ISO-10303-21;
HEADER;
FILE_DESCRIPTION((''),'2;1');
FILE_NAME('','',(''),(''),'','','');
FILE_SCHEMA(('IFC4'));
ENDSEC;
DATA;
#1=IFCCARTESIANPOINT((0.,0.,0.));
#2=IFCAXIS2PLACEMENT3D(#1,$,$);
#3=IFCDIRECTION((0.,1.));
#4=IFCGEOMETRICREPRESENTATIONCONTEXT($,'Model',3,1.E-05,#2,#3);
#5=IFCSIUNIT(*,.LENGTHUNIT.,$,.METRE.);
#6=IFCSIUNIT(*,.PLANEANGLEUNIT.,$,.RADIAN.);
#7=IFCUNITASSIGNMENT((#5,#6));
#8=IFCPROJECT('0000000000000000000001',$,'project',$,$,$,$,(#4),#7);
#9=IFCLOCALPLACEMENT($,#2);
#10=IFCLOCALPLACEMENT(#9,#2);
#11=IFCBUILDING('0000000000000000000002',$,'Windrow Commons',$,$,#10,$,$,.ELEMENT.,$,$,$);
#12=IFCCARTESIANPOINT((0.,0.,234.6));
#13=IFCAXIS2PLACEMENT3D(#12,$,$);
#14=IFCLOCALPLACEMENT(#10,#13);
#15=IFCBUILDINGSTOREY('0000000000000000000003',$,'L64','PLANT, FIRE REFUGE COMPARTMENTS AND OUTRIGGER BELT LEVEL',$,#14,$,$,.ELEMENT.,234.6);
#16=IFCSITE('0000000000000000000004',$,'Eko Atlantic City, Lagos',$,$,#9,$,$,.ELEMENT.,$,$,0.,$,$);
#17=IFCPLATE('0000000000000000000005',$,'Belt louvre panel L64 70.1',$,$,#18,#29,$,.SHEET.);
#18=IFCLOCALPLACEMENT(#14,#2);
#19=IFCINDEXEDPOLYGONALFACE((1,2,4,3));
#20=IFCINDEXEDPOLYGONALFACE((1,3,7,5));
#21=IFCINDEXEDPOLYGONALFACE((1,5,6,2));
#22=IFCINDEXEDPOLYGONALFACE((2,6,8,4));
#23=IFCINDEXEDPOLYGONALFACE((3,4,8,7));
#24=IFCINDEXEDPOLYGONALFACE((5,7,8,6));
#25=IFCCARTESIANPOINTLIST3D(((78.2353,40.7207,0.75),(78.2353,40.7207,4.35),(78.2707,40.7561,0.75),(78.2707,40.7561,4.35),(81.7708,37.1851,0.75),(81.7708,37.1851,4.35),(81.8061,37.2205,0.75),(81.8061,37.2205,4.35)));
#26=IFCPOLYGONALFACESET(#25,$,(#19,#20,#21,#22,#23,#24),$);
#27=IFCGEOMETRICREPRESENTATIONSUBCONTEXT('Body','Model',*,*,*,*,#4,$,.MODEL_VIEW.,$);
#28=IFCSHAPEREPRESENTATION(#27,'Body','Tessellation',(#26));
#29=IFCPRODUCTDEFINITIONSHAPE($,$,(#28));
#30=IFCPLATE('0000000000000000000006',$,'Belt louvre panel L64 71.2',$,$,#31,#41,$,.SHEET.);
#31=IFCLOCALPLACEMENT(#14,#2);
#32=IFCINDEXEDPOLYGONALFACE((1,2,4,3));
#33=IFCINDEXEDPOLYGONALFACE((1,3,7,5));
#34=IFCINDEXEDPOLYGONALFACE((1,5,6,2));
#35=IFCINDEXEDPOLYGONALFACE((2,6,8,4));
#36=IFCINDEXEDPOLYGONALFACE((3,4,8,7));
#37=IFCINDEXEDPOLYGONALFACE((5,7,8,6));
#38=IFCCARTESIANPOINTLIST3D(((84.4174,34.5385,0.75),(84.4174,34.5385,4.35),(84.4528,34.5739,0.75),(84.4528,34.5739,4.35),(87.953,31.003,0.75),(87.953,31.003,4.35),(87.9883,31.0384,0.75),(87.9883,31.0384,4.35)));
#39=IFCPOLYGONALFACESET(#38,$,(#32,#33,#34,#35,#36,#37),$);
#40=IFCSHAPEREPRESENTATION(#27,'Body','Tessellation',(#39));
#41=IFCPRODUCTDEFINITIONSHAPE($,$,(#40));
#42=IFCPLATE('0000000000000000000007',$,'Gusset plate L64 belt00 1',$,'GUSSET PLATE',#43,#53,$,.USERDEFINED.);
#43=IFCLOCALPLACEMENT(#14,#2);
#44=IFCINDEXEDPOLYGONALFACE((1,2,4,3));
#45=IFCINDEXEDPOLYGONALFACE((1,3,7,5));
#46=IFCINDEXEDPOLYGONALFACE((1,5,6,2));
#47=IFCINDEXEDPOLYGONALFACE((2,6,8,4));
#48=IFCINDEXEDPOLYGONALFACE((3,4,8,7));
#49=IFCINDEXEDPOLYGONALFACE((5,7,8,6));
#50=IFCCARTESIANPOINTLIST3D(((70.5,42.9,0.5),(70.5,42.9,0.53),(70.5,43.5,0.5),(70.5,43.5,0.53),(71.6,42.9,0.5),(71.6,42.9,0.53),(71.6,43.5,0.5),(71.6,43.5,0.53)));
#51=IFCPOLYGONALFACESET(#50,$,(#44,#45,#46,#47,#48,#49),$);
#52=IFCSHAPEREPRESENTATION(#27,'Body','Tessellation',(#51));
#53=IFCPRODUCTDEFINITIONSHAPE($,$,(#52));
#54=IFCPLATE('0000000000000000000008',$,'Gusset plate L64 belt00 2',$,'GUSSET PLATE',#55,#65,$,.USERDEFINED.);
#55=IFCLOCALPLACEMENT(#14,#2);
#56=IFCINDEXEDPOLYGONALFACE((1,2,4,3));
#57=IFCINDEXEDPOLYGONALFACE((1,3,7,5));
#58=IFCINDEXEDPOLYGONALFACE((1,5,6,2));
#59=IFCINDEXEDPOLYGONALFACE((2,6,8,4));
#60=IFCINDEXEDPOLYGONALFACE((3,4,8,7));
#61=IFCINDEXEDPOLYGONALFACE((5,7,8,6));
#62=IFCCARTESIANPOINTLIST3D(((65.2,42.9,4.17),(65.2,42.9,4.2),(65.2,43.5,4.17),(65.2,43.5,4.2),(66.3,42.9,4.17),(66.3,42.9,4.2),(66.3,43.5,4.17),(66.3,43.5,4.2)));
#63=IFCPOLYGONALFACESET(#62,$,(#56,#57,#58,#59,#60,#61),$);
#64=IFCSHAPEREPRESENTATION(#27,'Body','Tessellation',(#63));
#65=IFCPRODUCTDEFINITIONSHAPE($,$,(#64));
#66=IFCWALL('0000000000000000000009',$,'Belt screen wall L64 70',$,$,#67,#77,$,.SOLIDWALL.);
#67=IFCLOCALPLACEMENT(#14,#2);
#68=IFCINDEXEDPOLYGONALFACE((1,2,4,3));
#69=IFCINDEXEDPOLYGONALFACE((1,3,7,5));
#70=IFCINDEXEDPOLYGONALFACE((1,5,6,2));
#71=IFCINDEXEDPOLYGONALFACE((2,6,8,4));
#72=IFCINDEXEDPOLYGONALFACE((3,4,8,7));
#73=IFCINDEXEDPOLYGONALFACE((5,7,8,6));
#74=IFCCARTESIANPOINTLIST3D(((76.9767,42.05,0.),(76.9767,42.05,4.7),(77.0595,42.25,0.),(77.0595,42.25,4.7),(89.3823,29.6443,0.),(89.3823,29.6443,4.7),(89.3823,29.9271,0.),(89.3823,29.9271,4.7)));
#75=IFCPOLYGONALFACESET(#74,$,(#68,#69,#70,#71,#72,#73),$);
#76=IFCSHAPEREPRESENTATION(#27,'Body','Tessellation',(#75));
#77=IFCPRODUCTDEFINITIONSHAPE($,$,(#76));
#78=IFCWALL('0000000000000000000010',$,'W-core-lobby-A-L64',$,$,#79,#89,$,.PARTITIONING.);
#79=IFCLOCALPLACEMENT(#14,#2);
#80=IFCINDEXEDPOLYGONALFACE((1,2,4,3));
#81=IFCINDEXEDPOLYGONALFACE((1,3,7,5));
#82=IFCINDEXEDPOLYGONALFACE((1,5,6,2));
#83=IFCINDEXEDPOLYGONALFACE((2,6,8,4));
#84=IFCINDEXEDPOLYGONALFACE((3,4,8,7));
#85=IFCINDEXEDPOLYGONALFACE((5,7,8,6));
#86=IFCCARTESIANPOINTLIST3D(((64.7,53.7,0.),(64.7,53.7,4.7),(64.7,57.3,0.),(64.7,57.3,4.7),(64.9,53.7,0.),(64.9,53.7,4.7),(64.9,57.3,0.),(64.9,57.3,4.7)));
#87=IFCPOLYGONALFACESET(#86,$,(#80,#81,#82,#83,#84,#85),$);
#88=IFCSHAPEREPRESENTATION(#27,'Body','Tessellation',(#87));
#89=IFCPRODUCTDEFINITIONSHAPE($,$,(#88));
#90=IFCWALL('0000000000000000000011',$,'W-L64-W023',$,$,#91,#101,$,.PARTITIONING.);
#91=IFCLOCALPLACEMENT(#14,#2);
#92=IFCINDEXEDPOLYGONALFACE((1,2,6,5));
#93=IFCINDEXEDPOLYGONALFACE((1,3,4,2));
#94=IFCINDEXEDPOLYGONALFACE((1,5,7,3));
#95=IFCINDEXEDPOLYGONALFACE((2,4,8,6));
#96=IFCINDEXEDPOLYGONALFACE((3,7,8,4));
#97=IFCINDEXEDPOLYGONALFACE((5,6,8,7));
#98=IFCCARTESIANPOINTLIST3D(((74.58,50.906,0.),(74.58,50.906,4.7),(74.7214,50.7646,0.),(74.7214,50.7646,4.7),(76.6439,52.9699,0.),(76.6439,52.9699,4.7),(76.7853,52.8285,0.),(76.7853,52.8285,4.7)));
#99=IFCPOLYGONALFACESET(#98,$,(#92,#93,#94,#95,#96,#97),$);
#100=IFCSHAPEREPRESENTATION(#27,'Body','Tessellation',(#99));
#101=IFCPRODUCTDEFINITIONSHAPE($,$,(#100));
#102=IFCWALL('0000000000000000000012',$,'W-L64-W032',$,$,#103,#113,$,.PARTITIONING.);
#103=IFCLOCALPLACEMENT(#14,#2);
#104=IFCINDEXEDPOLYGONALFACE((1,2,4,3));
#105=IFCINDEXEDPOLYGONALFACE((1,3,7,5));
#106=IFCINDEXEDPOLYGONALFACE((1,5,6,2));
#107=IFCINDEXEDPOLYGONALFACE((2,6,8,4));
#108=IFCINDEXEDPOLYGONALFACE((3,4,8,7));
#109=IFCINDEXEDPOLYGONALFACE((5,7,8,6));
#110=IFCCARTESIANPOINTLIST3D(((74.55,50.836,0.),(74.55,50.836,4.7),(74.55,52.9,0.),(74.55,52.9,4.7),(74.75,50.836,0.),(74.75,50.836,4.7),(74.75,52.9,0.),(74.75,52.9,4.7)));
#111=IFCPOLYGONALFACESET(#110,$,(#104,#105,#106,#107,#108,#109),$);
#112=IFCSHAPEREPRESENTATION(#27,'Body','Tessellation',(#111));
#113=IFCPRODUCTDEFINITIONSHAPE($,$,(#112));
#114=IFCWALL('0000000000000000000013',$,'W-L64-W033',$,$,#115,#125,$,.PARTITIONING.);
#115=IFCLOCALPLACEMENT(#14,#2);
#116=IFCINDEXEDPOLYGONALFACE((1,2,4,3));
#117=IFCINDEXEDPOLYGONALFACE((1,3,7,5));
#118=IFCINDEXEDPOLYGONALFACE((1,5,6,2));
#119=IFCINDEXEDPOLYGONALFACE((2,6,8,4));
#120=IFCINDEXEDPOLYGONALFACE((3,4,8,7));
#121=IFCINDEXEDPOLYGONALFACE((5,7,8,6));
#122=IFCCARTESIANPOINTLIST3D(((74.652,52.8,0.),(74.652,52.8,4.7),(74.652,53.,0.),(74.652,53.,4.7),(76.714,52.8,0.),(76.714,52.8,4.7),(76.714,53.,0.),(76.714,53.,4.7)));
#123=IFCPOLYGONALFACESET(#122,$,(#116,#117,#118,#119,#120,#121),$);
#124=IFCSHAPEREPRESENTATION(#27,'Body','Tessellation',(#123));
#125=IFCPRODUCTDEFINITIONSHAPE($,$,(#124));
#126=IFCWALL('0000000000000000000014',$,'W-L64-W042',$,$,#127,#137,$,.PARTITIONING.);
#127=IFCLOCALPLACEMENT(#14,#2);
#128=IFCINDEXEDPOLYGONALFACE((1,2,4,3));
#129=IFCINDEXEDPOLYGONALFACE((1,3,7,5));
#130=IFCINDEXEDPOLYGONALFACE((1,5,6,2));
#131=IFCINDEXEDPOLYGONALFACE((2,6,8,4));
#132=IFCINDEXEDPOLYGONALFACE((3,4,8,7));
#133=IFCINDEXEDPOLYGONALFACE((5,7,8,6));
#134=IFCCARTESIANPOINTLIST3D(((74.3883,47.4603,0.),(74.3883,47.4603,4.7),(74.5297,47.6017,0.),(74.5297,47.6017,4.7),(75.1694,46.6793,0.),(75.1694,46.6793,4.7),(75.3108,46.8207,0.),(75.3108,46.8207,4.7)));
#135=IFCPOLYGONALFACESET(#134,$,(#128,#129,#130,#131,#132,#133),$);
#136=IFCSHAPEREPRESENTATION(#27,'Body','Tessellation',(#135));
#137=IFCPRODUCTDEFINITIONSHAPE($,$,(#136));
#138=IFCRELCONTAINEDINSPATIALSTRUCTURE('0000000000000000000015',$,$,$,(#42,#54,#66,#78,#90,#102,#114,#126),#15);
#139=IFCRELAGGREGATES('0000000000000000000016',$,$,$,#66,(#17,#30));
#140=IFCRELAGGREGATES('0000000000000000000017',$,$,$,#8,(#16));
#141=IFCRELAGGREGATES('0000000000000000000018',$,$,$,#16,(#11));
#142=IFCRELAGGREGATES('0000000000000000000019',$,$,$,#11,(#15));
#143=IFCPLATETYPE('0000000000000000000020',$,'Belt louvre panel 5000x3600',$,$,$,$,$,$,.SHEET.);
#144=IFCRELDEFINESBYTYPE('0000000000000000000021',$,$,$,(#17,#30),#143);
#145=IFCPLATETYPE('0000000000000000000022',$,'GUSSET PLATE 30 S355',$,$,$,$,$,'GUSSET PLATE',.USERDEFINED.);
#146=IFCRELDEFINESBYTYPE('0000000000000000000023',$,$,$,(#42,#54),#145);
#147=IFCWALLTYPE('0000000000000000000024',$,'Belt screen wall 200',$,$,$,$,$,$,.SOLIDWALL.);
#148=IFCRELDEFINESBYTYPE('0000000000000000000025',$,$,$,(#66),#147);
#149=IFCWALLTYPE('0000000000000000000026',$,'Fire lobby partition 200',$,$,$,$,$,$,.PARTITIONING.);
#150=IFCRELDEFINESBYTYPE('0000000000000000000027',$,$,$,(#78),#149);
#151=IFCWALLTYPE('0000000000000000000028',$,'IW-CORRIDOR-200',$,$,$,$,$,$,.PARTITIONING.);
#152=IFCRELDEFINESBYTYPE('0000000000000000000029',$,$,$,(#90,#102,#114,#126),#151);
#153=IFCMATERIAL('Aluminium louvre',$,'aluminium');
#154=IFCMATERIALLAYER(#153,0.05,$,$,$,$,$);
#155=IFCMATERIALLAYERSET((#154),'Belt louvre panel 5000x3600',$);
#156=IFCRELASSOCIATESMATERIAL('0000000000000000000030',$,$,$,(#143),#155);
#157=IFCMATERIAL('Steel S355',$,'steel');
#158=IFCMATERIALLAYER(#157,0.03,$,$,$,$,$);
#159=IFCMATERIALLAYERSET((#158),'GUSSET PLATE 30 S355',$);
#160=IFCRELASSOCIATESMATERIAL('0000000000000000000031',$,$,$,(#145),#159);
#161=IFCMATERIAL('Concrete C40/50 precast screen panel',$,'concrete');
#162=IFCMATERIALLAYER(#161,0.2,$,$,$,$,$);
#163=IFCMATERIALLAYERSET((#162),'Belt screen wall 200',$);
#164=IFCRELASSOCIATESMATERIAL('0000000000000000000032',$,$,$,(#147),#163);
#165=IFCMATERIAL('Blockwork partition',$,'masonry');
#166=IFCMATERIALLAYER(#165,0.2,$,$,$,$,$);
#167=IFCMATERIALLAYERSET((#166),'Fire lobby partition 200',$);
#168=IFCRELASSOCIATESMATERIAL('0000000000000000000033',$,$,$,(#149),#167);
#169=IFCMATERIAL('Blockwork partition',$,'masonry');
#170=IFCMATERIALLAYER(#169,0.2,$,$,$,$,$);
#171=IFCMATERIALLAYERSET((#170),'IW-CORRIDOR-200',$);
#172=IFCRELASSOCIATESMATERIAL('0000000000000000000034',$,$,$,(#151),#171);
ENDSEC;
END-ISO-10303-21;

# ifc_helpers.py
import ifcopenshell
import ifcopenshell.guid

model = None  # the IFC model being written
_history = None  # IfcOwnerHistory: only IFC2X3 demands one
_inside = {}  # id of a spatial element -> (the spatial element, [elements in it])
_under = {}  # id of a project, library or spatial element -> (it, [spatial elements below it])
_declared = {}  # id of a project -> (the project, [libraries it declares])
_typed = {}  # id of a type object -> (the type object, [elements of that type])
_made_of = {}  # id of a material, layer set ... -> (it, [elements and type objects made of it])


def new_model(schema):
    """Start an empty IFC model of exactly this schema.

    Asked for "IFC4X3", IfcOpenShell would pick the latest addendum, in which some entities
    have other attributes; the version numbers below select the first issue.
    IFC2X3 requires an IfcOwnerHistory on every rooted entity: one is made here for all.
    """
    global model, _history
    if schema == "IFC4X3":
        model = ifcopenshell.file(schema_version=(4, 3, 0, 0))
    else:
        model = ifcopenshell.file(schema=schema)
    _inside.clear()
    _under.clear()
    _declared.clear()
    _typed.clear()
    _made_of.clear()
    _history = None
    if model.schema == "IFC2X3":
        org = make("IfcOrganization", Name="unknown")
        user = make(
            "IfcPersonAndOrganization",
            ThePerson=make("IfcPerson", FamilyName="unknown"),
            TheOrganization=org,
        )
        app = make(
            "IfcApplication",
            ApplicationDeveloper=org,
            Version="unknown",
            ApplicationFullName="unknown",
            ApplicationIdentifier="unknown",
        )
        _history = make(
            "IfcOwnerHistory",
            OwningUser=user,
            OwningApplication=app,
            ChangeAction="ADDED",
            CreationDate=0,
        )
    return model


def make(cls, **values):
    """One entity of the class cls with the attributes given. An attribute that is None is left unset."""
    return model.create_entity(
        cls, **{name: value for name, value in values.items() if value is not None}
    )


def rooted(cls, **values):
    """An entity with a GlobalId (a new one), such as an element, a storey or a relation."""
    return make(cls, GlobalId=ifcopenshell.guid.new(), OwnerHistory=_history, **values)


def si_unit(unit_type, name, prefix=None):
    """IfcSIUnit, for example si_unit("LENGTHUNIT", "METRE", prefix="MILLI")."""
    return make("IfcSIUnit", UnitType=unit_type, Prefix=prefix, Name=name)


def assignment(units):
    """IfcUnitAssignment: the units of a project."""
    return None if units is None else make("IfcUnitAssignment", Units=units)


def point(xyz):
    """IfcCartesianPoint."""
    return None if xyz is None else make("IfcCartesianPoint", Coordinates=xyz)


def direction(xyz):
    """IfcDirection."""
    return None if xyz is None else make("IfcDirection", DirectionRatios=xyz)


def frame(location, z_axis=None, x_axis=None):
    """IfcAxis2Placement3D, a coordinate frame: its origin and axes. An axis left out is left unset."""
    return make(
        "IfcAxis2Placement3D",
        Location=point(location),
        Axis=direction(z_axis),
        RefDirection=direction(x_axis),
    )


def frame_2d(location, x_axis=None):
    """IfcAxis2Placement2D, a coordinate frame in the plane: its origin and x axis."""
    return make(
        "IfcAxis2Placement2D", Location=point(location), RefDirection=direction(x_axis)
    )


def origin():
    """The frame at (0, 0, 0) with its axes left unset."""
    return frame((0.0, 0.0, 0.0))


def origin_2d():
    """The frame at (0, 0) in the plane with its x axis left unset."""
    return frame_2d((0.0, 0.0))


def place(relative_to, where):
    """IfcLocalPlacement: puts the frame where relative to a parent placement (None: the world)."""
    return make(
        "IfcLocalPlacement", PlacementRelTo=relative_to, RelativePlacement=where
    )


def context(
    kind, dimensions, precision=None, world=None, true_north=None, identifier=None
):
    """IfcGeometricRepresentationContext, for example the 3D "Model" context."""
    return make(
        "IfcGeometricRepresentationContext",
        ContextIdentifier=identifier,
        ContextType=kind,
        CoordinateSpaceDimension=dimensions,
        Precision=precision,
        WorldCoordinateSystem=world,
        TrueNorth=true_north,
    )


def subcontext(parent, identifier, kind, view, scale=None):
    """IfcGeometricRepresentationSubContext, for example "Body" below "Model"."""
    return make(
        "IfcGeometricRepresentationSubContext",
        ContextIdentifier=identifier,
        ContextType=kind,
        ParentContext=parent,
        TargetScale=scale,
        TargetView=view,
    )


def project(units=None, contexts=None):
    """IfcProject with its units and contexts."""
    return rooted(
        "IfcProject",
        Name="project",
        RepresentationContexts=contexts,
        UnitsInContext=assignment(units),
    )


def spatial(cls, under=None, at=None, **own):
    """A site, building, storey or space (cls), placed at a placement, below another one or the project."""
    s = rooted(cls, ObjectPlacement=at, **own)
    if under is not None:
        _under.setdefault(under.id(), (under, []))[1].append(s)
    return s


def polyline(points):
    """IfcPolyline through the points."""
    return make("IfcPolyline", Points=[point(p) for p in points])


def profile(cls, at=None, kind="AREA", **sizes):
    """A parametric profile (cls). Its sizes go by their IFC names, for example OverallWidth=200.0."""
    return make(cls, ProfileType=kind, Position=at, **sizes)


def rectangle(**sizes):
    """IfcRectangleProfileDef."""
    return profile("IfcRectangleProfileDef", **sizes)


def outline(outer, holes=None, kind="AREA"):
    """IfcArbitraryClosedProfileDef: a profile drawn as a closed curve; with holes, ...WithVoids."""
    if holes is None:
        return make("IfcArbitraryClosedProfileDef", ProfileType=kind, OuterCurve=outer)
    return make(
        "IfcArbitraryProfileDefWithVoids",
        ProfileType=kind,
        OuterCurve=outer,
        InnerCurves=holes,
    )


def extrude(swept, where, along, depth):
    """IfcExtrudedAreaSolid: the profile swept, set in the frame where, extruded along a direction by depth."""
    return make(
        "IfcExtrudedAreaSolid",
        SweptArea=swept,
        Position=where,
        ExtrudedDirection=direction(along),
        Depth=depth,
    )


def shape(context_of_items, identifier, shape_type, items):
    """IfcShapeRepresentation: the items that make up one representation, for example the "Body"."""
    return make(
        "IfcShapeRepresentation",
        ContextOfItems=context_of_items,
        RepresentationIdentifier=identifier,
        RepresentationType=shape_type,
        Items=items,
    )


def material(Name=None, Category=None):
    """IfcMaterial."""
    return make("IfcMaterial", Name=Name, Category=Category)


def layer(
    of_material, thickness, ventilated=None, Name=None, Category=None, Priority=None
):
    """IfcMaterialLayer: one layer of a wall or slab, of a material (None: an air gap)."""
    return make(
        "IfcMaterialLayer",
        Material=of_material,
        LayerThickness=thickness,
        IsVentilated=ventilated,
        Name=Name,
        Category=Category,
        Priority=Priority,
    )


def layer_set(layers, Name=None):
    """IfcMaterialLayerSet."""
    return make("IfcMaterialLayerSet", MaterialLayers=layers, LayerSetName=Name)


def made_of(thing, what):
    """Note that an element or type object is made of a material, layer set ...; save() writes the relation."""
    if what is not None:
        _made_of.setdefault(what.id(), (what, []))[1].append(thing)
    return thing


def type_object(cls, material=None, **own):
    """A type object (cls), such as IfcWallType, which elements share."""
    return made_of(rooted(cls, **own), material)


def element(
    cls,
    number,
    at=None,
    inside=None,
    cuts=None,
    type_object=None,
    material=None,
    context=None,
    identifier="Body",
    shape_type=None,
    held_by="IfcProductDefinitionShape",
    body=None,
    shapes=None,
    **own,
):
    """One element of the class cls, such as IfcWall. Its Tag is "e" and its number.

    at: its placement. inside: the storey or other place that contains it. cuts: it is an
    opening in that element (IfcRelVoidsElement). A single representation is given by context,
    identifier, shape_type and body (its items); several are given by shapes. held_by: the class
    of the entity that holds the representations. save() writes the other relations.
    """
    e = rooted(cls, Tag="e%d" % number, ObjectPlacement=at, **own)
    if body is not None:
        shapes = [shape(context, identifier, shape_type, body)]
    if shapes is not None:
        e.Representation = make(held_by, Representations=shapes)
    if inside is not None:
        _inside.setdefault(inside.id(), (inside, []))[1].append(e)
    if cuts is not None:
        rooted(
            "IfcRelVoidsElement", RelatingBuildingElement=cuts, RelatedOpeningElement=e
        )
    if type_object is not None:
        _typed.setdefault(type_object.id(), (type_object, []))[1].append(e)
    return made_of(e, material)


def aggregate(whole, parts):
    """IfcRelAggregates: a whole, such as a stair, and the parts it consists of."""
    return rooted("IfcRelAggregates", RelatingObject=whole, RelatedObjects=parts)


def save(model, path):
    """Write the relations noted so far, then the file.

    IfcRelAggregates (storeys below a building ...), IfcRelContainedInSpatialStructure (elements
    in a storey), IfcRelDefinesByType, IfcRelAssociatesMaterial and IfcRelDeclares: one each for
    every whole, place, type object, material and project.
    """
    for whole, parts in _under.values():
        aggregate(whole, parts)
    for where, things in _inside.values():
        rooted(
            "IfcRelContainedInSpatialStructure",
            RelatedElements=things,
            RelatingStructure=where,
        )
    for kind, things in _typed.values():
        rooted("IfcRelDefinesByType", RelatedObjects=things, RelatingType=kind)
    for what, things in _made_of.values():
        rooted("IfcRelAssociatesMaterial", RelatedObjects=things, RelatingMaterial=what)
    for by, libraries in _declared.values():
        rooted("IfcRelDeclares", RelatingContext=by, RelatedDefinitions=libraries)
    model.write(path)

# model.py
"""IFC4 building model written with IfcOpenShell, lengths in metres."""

from ifc_helpers import new_model, si_unit, direction, frame, frame_2d, origin, origin_2d, place, context, subcontext, project, spatial, polyline, rectangle, outline, extrude, material, layer, layer_set, type_object, element, aggregate, save


model = new_model("IFC4")

# Units and contexts
model_context = context("Model", 3, precision=1e-05, world=origin(), true_north=direction((0.0, 1.0)))
body_context = subcontext(model_context, "Body", "Model", "MODEL_VIEW")
ifc_project = project(units=[si_unit("LENGTHUNIT", "METRE"), si_unit("PLANEANGLEUNIT", "RADIAN")], contexts=[model_context])

# Site, building, storey
site_placement = place(None, origin())
site = spatial("IfcSite", under=ifc_project, at=site_placement, Name="Eko Atlantic City, Lagos", CompositionType="ELEMENT", RefElevation=0.0)
building_placement = place(site_placement, origin())
building = spatial("IfcBuilding", under=site, at=building_placement, Name="Windrow Commons", CompositionType="ELEMENT")
storey_placement = place(building_placement, frame((0.0, 0.0, 234.6)))
storey = spatial("IfcBuildingStorey", under=building, at=storey_placement, Name="L64", Description="PLANT, FIRE REFUGE COMPARTMENTS AND OUTRIGGER BELT LEVEL", CompositionType="ELEMENT", Elevation=234.6)

# Plates
ifc_material_1 = material(Name="Aluminium louvre", Category="aluminium")
ifc_layer_1 = layer(ifc_material_1, 0.05)
ifc_layer_set_1 = layer_set([ifc_layer_1], Name="Belt louvre panel 5000x3600")
plate_type_1 = type_object("IfcPlateType", Name="Belt louvre panel 5000x3600", PredefinedType="SHEET", material=ifc_layer_set_1)
plate_1_placement = place(storey_placement, frame((78.2353, 40.7207, 0.75), z_axis=(-0.707117, -0.707097, 0.0), x_axis=(0.707097, -0.707117, 0.0)))
plate_1 = element("IfcPlate", 1, at=plate_1_placement, type_object=plate_type_1, Name="Belt louvre panel L64 70.1", PredefinedType="SHEET", context=body_context, shape_type="SweptSolid", body=[
    extrude(outline(polyline([(0.0, 0.0), (5.0, 0.0), (5.0, 3.6), (0.0, 3.6), (0.0, 0.0)])), origin(), (0.0, 0.0, -1.0), 0.05),
])
plate_2_placement = place(storey_placement, frame((84.4174, 34.5385, 0.75), z_axis=(-0.707097, -0.707117, 0.0), x_axis=(0.707117, -0.707097, 0.0)))
plate_2 = element("IfcPlate", 2, at=plate_2_placement, type_object=plate_type_1, Name="Belt louvre panel L64 71.2", PredefinedType="SHEET", context=body_context, shape_type="SweptSolid", body=[
    extrude(outline(polyline([(0.0, 0.0), (5.0, 0.0), (5.0, 3.6), (0.0, 3.6), (0.0, 0.0)])), origin(), (0.0, 0.0, -1.0), 0.05),
])

# Plates
ifc_material_2 = material(Name="Steel S355", Category="steel")
ifc_layer_2 = layer(ifc_material_2, 0.03)
ifc_layer_set_2 = layer_set([ifc_layer_2], Name="GUSSET PLATE 30 S355")
plate_type_2 = type_object("IfcPlateType", Name="GUSSET PLATE 30 S355", ElementType="GUSSET PLATE", PredefinedType="USERDEFINED", material=ifc_layer_set_2)
for number, where, z_axis, x_axis, name in (
    (3, (71.05, 43.2, 0.5), (0.0, 0.0, 1.0), (-1.0, 0.0, 0.0), "Gusset plate L64 belt00 1"),
    (4, (65.75, 43.2, 4.17), (0.0, 0.0, 1.0), (-1.0, 0.0, 0.0), "Gusset plate L64 belt00 2"),
):
    element("IfcPlate", number, at=place(storey_placement, frame(where, z_axis=z_axis, x_axis=x_axis)), inside=storey, type_object=plate_type_2, Name=name, ObjectType="GUSSET PLATE", PredefinedType="USERDEFINED", context=body_context, shape_type="SweptSolid", body=[
        extrude(rectangle(XDim=1.1, YDim=0.6, at=origin_2d()), origin(), (0.0, 0.0, 1.0), 0.03),
    ])

# Wall
ifc_material_3 = material(Name="Concrete C40/50 precast screen panel", Category="concrete")
ifc_layer_3 = layer(ifc_material_3, 0.2)
ifc_layer_set_3 = layer_set([ifc_layer_3], Name="Belt screen wall 200")
wall_type_1 = type_object("IfcWallType", Name="Belt screen wall 200", PredefinedType="SOLIDWALL", material=ifc_layer_set_3)
wall_1_placement = place(storey_placement, frame((77.0181, 42.15, 0.0), z_axis=(0.0, 0.0, 1.0), x_axis=(0.707104, -0.70711, 0.0)))
wall_1 = element("IfcWall", 5, at=wall_1_placement, inside=storey, type_object=wall_type_1, Name="Belt screen wall L64 70", PredefinedType="SOLIDWALL", context=body_context, shape_type="SweptSolid", body=[
    extrude(outline(polyline([(0.0414, -0.1), (17.5857, -0.1), (17.3857, 0.1), (-0.0414, 0.1), (0.0414, -0.1)])), origin(), (0.0, 0.0, 1.0), 4.7),
])
aggregate(wall_1, [plate_1, plate_2])

# Walls
ifc_material_4 = material(Name="Blockwork partition", Category="masonry")
ifc_layer_4 = layer(ifc_material_4, 0.2)
ifc_layer_set_4 = layer_set([ifc_layer_4], Name="Fire lobby partition 200")
wall_type_2 = type_object("IfcWallType", Name="Fire lobby partition 200", PredefinedType="PARTITIONING", material=ifc_layer_set_4)
wall_2_placement = place(storey_placement, frame((64.8, 53.7, 0.0), z_axis=(0.0, 0.0, 1.0), x_axis=(0.0, 1.0, 0.0)))
element("IfcWall", 6, at=wall_2_placement, inside=storey, type_object=wall_type_2, Name="W-core-lobby-A-L64", PredefinedType="PARTITIONING", context=body_context, shape_type="SweptSolid", body=[
    extrude(rectangle(XDim=3.6, YDim=0.2, at=frame_2d((1.8, 0.0))), origin(), (0.0, 0.0, 1.0), 4.7),
])
ifc_material_5 = material(Name="Blockwork partition", Category="masonry")
ifc_layer_5 = layer(ifc_material_5, 0.2)
ifc_layer_set_5 = layer_set([ifc_layer_5], Name="IW-CORRIDOR-200")
wall_type_3 = type_object("IfcWallType", Name="IW-CORRIDOR-200", PredefinedType="PARTITIONING", material=ifc_layer_set_5)
wall_3_placement = place(storey_placement, frame((74.6507, 50.8353, 0.0), z_axis=(0.0, 0.0, 1.0), x_axis=(0.707107, 0.707107, 0.0)))
element("IfcWall", 7, at=wall_3_placement, inside=storey, type_object=wall_type_3, Name="W-L64-W023", PredefinedType="PARTITIONING", context=body_context, shape_type="SweptSolid", body=[
    extrude(rectangle(XDim=2.9189, YDim=0.2, at=frame_2d((1.4594, 0.0))), origin(), (0.0, 0.0, 1.0), 4.7),
])
wall_4_placement = place(storey_placement, frame((74.65, 50.836, 0.0), z_axis=(0.0, 0.0, 1.0), x_axis=(0.0, 1.0, 0.0)))
element("IfcWall", 8, at=wall_4_placement, inside=storey, type_object=wall_type_3, Name="W-L64-W032", PredefinedType="PARTITIONING", context=body_context, shape_type="SweptSolid", body=[
    extrude(rectangle(XDim=2.064, YDim=0.2, at=frame_2d((1.032, 0.0))), origin(), (0.0, 0.0, 1.0), 4.7),
])
wall_5_placement = place(storey_placement, frame((74.652, 52.9, 0.0), z_axis=(0.0, 0.0, 1.0), x_axis=(1.0, 0.0, 0.0)))
element("IfcWall", 9, at=wall_5_placement, inside=storey, type_object=wall_type_3, Name="W-L64-W033", PredefinedType="PARTITIONING", context=body_context, shape_type="SweptSolid", body=[
    extrude(rectangle(XDim=2.062, YDim=0.2, at=frame_2d((1.031, 0.0))), origin(), (0.0, 0.0, 1.0), 4.7),
])
wall_6_placement = place(storey_placement, frame((74.459, 47.531, 0.0), z_axis=(0.0, 0.0, 1.0), x_axis=(0.707152, -0.707062, 0.0)))
element("IfcWall", 10, at=wall_6_placement, inside=storey, type_object=wall_type_3, Name="W-L64-W042", PredefinedType="PARTITIONING", context=body_context, shape_type="SweptSolid", body=[
    extrude(rectangle(XDim=1.1046, YDim=0.2, at=frame_2d((0.5523, 0.0))), origin(), (0.0, 0.0, 1.0), 4.7),
])

save(model, "model.ifc")
